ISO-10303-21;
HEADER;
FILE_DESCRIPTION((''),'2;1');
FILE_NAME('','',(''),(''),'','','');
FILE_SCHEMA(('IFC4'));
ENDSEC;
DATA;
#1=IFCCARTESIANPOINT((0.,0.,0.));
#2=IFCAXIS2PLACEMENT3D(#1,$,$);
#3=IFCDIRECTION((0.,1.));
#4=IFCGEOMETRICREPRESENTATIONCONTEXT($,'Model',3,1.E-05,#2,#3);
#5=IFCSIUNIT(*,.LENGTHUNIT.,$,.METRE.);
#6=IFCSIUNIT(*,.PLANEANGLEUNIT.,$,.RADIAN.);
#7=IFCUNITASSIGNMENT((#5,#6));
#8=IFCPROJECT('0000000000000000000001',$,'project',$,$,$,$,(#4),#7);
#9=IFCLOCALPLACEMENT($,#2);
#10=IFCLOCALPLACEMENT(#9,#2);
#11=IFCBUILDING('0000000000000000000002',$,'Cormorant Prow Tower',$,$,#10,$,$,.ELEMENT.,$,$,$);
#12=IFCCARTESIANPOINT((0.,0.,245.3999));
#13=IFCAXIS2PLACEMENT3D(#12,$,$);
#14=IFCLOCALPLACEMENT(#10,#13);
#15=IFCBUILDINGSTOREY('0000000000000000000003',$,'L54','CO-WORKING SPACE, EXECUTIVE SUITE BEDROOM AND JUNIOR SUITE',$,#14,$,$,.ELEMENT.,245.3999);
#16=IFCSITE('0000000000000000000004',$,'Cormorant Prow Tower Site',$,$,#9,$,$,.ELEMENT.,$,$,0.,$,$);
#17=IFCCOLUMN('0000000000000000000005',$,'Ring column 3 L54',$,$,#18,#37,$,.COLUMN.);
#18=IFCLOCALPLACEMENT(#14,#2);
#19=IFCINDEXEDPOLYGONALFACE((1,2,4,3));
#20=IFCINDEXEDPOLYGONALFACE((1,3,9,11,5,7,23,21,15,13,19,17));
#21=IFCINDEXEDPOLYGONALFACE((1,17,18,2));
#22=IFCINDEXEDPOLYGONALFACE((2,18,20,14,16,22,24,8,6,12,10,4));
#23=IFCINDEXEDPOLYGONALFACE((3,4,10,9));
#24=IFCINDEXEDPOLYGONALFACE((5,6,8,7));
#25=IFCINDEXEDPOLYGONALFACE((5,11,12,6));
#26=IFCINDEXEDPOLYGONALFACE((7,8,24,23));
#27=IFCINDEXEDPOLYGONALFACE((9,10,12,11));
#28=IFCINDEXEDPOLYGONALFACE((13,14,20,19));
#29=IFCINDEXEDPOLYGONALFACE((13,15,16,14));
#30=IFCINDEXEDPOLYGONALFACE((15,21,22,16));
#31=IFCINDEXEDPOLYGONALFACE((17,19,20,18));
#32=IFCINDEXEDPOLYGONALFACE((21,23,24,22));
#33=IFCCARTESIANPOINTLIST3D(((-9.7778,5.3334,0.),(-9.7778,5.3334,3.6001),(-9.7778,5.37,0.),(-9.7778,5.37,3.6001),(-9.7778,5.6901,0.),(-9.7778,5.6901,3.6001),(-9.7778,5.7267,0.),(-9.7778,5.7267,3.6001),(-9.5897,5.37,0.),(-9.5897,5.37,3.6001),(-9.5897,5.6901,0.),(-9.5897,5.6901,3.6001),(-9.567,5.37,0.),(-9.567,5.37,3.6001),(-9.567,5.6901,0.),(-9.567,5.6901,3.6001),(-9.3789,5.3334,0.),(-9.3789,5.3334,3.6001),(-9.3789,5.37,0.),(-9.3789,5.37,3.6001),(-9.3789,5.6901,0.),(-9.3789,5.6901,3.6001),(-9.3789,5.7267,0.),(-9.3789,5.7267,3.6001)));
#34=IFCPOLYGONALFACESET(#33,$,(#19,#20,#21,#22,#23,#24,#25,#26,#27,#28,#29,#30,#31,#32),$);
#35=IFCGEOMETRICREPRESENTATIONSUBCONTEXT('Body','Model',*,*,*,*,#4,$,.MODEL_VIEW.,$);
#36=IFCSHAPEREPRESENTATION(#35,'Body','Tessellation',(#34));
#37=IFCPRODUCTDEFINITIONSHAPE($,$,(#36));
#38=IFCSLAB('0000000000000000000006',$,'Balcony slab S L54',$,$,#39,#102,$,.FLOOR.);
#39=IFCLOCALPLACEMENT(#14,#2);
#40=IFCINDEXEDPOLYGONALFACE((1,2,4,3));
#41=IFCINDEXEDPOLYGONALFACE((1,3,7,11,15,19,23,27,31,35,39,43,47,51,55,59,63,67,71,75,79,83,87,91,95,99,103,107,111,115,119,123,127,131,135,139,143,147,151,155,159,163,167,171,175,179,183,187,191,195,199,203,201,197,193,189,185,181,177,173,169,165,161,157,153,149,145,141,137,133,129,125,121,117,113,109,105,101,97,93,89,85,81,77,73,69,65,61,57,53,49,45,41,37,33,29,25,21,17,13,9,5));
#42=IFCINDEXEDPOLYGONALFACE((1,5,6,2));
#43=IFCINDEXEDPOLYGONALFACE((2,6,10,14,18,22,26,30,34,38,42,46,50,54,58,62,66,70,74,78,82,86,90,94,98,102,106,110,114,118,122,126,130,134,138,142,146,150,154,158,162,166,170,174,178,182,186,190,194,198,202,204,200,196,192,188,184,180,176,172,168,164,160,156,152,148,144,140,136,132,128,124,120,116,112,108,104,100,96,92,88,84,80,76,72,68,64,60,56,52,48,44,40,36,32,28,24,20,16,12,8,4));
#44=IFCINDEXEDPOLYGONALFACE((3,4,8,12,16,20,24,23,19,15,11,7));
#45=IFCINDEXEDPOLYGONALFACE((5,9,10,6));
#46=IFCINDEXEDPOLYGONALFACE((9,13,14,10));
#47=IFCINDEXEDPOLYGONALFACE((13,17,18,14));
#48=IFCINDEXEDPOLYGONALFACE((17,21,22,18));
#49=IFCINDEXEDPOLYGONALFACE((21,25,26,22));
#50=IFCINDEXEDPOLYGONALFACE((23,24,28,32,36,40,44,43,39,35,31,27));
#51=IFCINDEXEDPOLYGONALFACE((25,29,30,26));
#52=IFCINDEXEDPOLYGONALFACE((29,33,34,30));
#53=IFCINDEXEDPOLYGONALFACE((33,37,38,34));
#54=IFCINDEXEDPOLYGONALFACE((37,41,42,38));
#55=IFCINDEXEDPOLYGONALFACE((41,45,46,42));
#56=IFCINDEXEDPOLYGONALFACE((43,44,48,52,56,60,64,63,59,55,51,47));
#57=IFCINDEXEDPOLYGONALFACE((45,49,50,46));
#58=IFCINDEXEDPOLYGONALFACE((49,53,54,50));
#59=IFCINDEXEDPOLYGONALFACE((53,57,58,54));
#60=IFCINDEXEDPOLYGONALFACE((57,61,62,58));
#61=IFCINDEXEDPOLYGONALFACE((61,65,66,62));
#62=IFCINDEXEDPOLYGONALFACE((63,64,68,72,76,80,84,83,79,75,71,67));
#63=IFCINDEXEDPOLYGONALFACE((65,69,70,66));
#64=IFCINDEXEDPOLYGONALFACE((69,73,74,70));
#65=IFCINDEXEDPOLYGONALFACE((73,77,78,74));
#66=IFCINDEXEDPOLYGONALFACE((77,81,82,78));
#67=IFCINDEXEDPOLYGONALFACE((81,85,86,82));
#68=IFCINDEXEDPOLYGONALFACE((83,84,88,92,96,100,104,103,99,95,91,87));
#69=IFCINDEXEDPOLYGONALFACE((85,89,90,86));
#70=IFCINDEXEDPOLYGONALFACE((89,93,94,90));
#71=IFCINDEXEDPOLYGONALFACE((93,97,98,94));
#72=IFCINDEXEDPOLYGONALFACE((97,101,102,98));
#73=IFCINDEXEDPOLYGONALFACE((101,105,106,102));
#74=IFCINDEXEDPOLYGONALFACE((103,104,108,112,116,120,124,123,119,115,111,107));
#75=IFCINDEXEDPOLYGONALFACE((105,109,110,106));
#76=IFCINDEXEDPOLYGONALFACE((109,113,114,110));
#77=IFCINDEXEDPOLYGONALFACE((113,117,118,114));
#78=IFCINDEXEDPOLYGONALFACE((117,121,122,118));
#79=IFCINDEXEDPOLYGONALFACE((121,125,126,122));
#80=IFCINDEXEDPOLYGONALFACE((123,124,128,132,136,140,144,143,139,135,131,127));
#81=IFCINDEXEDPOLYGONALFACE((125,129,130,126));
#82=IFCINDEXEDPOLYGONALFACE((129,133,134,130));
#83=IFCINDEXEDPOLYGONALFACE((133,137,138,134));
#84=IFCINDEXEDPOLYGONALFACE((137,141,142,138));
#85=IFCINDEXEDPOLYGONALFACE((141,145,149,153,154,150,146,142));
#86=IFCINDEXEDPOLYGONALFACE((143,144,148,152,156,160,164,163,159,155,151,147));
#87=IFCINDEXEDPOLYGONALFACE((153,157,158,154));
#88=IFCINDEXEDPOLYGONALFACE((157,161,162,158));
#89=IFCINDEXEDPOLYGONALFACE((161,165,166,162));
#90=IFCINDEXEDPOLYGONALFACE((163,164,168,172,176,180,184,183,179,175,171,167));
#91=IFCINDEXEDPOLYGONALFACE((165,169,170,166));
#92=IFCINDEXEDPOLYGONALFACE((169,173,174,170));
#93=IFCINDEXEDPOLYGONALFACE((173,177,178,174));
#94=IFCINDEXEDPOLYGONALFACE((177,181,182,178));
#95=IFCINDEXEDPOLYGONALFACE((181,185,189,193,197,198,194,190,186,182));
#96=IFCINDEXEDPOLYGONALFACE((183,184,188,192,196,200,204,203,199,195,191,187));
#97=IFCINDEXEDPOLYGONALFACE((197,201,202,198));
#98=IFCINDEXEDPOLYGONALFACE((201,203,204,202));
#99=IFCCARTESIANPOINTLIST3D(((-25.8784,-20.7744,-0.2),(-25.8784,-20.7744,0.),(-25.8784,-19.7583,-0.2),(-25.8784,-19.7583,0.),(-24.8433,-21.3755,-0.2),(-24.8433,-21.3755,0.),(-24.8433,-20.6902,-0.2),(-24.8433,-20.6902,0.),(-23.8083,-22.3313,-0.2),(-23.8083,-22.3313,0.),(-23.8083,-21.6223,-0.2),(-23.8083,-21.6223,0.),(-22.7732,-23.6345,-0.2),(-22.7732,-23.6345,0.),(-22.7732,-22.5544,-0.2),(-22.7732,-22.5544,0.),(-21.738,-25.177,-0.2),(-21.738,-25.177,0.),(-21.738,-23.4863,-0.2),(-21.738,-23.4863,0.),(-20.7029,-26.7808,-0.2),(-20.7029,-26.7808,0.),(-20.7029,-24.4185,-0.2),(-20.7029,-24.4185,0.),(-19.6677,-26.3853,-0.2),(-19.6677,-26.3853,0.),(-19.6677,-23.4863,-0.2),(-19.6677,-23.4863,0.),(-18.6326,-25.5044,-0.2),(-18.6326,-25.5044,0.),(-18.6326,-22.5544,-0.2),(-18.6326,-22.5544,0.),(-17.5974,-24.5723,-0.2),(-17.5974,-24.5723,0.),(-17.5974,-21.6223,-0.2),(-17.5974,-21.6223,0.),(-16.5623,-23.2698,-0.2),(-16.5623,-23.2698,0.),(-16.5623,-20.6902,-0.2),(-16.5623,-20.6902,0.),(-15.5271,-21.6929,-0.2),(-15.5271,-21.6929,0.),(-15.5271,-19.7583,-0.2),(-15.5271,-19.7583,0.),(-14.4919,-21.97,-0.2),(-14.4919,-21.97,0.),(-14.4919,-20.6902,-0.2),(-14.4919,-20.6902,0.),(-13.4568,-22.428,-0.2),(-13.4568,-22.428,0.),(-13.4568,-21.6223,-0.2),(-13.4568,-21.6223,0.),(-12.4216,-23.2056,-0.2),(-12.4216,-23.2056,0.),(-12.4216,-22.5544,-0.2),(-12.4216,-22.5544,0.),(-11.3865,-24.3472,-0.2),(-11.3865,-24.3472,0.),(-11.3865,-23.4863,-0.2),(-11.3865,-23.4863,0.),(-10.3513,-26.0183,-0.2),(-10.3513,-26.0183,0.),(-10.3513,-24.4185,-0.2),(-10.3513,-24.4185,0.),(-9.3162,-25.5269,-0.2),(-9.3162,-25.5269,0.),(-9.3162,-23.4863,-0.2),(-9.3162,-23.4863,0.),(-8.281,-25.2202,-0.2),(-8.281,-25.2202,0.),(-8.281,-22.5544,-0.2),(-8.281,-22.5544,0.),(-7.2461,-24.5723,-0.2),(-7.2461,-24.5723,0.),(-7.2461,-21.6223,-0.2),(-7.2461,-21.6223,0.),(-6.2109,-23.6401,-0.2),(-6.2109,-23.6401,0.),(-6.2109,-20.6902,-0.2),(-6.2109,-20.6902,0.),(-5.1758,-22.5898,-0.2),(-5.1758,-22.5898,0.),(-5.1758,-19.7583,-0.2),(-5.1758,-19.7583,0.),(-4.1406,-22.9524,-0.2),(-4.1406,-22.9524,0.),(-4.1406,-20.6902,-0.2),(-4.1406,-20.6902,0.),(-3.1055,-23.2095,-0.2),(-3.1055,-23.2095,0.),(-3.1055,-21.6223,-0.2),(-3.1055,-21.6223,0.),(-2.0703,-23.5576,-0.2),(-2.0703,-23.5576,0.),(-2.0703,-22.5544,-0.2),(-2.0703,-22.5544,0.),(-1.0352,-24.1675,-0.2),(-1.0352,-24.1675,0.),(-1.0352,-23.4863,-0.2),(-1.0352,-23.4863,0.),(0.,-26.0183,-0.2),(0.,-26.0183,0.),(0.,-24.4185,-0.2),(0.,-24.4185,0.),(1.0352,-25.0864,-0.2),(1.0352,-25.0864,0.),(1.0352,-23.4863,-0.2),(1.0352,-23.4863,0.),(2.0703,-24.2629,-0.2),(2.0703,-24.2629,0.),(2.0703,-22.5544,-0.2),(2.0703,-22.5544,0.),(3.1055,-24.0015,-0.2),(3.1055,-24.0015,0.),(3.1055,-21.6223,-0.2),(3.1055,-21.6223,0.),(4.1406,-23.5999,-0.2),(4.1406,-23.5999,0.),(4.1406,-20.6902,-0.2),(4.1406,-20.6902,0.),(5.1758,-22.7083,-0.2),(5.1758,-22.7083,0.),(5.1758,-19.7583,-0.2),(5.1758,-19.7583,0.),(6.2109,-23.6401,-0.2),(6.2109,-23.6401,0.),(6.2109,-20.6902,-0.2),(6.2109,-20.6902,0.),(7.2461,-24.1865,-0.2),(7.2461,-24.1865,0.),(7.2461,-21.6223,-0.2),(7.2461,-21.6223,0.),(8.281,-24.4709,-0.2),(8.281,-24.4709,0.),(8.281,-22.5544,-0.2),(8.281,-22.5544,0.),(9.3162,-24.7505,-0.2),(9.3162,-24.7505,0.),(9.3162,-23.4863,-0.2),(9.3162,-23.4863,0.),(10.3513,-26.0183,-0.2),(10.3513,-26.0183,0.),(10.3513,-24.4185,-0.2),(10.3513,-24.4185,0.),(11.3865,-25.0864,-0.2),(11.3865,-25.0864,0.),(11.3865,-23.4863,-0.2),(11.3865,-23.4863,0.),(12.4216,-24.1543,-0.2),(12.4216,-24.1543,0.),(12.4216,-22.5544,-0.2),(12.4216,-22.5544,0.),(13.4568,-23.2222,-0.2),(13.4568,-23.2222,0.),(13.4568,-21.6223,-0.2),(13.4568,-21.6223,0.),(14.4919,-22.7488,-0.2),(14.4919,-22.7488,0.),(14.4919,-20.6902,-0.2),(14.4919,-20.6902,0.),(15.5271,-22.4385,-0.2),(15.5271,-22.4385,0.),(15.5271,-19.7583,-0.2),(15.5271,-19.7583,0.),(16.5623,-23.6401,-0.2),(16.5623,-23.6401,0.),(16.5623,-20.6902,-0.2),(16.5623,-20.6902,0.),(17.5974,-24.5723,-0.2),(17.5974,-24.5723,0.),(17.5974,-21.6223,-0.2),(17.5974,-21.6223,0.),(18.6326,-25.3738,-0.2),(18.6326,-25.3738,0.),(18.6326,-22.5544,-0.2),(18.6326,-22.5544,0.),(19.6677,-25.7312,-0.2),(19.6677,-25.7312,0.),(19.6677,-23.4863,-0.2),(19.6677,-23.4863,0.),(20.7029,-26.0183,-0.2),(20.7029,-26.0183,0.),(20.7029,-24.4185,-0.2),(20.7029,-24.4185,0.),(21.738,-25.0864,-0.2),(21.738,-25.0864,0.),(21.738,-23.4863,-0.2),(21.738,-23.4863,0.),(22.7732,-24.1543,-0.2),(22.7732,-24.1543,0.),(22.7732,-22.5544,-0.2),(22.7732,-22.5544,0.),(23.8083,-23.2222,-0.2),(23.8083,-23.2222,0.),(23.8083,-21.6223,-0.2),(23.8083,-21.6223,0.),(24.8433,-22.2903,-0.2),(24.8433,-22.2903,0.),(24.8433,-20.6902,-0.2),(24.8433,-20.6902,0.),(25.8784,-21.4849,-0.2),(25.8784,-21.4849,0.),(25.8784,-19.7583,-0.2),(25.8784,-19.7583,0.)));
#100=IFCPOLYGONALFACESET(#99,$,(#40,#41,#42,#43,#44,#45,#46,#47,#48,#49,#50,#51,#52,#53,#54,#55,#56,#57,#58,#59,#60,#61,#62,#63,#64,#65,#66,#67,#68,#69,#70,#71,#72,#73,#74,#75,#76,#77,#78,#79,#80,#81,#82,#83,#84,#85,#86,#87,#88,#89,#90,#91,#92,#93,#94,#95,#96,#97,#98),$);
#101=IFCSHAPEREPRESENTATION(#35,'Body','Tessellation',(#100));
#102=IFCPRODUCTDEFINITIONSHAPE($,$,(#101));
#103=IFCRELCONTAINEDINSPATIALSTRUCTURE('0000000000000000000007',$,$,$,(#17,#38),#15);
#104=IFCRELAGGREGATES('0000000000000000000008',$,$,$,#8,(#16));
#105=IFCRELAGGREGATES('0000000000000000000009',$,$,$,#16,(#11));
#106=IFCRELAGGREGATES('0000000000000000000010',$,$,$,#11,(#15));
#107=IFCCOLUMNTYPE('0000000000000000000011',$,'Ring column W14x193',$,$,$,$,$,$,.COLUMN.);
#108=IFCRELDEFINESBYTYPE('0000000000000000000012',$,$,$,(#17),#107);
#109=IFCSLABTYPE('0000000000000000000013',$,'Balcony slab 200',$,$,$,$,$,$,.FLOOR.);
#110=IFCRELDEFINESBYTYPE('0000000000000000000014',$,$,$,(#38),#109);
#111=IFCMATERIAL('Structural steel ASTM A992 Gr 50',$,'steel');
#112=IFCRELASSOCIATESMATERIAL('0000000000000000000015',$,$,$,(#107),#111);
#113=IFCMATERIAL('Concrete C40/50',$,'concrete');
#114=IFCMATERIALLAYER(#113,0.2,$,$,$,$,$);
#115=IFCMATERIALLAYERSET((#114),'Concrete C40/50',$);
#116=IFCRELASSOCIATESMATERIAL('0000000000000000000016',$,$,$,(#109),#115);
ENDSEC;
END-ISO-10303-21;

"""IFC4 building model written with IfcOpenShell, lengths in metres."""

from ifc_helpers import new_model, si_unit, direction, frame, origin, origin_2d, place, context, subcontext, project, spatial, polyline, i_section, outline, extrude, material, layer, layer_set, material_profile, profile_set, type_object, element, save


model = new_model("IFC4")

# Units and contexts
model_context = context("Model", 3, precision=1e-05, world=origin(), true_north=direction((0.0, 1.0)))
body_context = subcontext(model_context, "Body", "Model", "MODEL_VIEW")
ifc_project = project(units=[si_unit("LENGTHUNIT", "METRE"), si_unit("PLANEANGLEUNIT", "RADIAN")], contexts=[model_context])

# Site, building, storey
site_placement = place(None, origin())
site = spatial("IfcSite", under=ifc_project, at=site_placement, Name="Cormorant Prow Tower Site", CompositionType="ELEMENT", RefElevation=0.0)
building_placement = place(site_placement, origin())
building = spatial("IfcBuilding", under=site, at=building_placement, Name="Cormorant Prow Tower", CompositionType="ELEMENT")
storey_placement = place(building_placement, frame((0.0, 0.0, 245.3999)))
storey = spatial("IfcBuildingStorey", under=building, at=storey_placement, Name="L54", Description="CO-WORKING SPACE, EXECUTIVE SUITE BEDROOM AND JUNIOR SUITE", CompositionType="ELEMENT", Elevation=245.3999)

# Column
ifc_material_1 = material(Name="Structural steel ASTM A992 Gr 50", Category="steel")
ifc_material_profile = material_profile(ifc_material_1, i_section(OverallWidth=0.3989, OverallDepth=0.3933, WebThickness=0.0227, FlangeThickness=0.0366, at=origin_2d()), Name="W14x193")
ifc_profile_set = profile_set([ifc_material_profile], Name="Structural steel ASTM A992 Gr 50")
column_type = type_object("IfcColumnType", Name="Ring column W14x193", PredefinedType="COLUMN", material=ifc_profile_set)
column_placement = place(storey_placement, frame((-9.5784, 5.53, 0.0), z_axis=(0.0, 0.0, 1.0), x_axis=(1.0, 0.0, 0.0)))
element("IfcColumn", 1, at=column_placement, inside=storey, type_object=column_type, Name="Ring column 3 L54", PredefinedType="COLUMN", context=body_context, shape_type="SweptSolid", body=[
    extrude(i_section(OverallWidth=0.3989, OverallDepth=0.3933, WebThickness=0.0227, FlangeThickness=0.0366, at=origin_2d()), origin(), (0.0, 0.0, 1.0), 3.6001),
])

# Slab
ifc_material_2 = material(Name="Concrete C40/50", Category="concrete")
ifc_layer_1 = layer(ifc_material_2, 0.2)
ifc_layer_set_1 = layer_set([ifc_layer_1], Name="Concrete C40/50")
slab_type_1 = type_object("IfcSlabType", Name="Balcony slab 200", PredefinedType="FLOOR", material=ifc_layer_set_1)
slab_1_placement = place(storey_placement, frame((0.0, 0.0, -0.2)))
element("IfcSlab", 2, at=slab_1_placement, inside=storey, type_object=slab_type_1, Name="Balcony slab S L54", PredefinedType="FLOOR", context=body_context, shape_type="SweptSolid", body=[
    extrude(outline(polyline([(-25.8784, -19.7583), (-25.8784, -20.7744), (-24.8433, -21.3755), (-23.8083, -22.3313), (-22.7732, -23.6345), (-21.738, -25.177), (-20.7029, -26.7808), (-19.6677, -26.3853), (-18.6326, -25.5044), (-17.5974, -24.5723), (-16.5623, -23.2698), (-15.5271, -21.6929), (-14.4919, -21.97), (-13.4568, -22.428), (-12.4216, -23.2056), (-11.3865, -24.3472), (-10.3513, -26.0183), (-9.3162, -25.5269), (-8.281, -25.2202), (-7.2461, -24.5723), (-6.2109, -23.6401), (-5.1758, -22.5898), (-4.1406, -22.9524), (-3.1055, -23.2095), (-2.0703, -23.5576), (-1.0352, -24.1675), (0.0, -26.0183), (1.0352, -25.0864), (2.0703, -24.2629), (3.1055, -24.0015), (4.1406, -23.5999), (5.1758, -22.7083), (6.2109, -23.6401), (7.2461, -24.1865), (8.281, -24.4709), (9.3162, -24.7505), (10.3513, -26.0183), (11.3865, -25.0864), (12.4216, -24.1543), (13.4568, -23.2222), (14.4919, -22.7488), (15.5271, -22.4385), (16.5623, -23.6401), (17.5974, -24.5723), (18.6326, -25.3738), (19.6677, -25.7312), (20.7029, -26.0183), (21.738, -25.0864), (22.7732, -24.1543), (23.8083, -23.2222), (24.8433, -22.2903), (25.8784, -21.4849), (25.8784, -19.7583), (24.8433, -20.6902), (23.8083, -21.6223), (22.7732, -22.5544), (21.738, -23.4863), (20.7029, -24.4185), (19.6677, -23.4863), (18.6326, -22.5544), (17.5974, -21.6223), (16.5623, -20.6902), (15.5271, -19.7583), (14.4919, -20.6902), (13.4568, -21.6223), (12.4216, -22.5544), (11.3865, -23.4863), (10.3513, -24.4185), (9.3162, -23.4863), (8.281, -22.5544), (7.2461, -21.6223), (6.2109, -20.6902), (5.1758, -19.7583), (4.1406, -20.6902), (3.1055, -21.6223), (2.0703, -22.5544), (1.0352, -23.4863), (0.0, -24.4185), (-1.0352, -23.4863), (-2.0703, -22.5544), (-3.1055, -21.6223), (-4.1406, -20.6902), (-5.1758, -19.7583), (-6.2109, -20.6902), (-7.2461, -21.6223), (-8.281, -22.5544), (-9.3162, -23.4863), (-10.3513, -24.4185), (-11.3865, -23.4863), (-12.4216, -22.5544), (-13.4568, -21.6223), (-14.4919, -20.6902), (-15.5271, -19.7583), (-16.5623, -20.6902), (-17.5974, -21.6223), (-18.6326, -22.5544), (-19.6677, -23.4863), (-20.7029, -24.4185), (-21.738, -23.4863), (-22.7732, -22.5544), (-23.8083, -21.6223), (-24.8433, -20.6902), (-25.8784, -19.7583)])), origin(), (0.0, 0.0, 1.0), 0.2),
])

save(model, "model.ifc")
